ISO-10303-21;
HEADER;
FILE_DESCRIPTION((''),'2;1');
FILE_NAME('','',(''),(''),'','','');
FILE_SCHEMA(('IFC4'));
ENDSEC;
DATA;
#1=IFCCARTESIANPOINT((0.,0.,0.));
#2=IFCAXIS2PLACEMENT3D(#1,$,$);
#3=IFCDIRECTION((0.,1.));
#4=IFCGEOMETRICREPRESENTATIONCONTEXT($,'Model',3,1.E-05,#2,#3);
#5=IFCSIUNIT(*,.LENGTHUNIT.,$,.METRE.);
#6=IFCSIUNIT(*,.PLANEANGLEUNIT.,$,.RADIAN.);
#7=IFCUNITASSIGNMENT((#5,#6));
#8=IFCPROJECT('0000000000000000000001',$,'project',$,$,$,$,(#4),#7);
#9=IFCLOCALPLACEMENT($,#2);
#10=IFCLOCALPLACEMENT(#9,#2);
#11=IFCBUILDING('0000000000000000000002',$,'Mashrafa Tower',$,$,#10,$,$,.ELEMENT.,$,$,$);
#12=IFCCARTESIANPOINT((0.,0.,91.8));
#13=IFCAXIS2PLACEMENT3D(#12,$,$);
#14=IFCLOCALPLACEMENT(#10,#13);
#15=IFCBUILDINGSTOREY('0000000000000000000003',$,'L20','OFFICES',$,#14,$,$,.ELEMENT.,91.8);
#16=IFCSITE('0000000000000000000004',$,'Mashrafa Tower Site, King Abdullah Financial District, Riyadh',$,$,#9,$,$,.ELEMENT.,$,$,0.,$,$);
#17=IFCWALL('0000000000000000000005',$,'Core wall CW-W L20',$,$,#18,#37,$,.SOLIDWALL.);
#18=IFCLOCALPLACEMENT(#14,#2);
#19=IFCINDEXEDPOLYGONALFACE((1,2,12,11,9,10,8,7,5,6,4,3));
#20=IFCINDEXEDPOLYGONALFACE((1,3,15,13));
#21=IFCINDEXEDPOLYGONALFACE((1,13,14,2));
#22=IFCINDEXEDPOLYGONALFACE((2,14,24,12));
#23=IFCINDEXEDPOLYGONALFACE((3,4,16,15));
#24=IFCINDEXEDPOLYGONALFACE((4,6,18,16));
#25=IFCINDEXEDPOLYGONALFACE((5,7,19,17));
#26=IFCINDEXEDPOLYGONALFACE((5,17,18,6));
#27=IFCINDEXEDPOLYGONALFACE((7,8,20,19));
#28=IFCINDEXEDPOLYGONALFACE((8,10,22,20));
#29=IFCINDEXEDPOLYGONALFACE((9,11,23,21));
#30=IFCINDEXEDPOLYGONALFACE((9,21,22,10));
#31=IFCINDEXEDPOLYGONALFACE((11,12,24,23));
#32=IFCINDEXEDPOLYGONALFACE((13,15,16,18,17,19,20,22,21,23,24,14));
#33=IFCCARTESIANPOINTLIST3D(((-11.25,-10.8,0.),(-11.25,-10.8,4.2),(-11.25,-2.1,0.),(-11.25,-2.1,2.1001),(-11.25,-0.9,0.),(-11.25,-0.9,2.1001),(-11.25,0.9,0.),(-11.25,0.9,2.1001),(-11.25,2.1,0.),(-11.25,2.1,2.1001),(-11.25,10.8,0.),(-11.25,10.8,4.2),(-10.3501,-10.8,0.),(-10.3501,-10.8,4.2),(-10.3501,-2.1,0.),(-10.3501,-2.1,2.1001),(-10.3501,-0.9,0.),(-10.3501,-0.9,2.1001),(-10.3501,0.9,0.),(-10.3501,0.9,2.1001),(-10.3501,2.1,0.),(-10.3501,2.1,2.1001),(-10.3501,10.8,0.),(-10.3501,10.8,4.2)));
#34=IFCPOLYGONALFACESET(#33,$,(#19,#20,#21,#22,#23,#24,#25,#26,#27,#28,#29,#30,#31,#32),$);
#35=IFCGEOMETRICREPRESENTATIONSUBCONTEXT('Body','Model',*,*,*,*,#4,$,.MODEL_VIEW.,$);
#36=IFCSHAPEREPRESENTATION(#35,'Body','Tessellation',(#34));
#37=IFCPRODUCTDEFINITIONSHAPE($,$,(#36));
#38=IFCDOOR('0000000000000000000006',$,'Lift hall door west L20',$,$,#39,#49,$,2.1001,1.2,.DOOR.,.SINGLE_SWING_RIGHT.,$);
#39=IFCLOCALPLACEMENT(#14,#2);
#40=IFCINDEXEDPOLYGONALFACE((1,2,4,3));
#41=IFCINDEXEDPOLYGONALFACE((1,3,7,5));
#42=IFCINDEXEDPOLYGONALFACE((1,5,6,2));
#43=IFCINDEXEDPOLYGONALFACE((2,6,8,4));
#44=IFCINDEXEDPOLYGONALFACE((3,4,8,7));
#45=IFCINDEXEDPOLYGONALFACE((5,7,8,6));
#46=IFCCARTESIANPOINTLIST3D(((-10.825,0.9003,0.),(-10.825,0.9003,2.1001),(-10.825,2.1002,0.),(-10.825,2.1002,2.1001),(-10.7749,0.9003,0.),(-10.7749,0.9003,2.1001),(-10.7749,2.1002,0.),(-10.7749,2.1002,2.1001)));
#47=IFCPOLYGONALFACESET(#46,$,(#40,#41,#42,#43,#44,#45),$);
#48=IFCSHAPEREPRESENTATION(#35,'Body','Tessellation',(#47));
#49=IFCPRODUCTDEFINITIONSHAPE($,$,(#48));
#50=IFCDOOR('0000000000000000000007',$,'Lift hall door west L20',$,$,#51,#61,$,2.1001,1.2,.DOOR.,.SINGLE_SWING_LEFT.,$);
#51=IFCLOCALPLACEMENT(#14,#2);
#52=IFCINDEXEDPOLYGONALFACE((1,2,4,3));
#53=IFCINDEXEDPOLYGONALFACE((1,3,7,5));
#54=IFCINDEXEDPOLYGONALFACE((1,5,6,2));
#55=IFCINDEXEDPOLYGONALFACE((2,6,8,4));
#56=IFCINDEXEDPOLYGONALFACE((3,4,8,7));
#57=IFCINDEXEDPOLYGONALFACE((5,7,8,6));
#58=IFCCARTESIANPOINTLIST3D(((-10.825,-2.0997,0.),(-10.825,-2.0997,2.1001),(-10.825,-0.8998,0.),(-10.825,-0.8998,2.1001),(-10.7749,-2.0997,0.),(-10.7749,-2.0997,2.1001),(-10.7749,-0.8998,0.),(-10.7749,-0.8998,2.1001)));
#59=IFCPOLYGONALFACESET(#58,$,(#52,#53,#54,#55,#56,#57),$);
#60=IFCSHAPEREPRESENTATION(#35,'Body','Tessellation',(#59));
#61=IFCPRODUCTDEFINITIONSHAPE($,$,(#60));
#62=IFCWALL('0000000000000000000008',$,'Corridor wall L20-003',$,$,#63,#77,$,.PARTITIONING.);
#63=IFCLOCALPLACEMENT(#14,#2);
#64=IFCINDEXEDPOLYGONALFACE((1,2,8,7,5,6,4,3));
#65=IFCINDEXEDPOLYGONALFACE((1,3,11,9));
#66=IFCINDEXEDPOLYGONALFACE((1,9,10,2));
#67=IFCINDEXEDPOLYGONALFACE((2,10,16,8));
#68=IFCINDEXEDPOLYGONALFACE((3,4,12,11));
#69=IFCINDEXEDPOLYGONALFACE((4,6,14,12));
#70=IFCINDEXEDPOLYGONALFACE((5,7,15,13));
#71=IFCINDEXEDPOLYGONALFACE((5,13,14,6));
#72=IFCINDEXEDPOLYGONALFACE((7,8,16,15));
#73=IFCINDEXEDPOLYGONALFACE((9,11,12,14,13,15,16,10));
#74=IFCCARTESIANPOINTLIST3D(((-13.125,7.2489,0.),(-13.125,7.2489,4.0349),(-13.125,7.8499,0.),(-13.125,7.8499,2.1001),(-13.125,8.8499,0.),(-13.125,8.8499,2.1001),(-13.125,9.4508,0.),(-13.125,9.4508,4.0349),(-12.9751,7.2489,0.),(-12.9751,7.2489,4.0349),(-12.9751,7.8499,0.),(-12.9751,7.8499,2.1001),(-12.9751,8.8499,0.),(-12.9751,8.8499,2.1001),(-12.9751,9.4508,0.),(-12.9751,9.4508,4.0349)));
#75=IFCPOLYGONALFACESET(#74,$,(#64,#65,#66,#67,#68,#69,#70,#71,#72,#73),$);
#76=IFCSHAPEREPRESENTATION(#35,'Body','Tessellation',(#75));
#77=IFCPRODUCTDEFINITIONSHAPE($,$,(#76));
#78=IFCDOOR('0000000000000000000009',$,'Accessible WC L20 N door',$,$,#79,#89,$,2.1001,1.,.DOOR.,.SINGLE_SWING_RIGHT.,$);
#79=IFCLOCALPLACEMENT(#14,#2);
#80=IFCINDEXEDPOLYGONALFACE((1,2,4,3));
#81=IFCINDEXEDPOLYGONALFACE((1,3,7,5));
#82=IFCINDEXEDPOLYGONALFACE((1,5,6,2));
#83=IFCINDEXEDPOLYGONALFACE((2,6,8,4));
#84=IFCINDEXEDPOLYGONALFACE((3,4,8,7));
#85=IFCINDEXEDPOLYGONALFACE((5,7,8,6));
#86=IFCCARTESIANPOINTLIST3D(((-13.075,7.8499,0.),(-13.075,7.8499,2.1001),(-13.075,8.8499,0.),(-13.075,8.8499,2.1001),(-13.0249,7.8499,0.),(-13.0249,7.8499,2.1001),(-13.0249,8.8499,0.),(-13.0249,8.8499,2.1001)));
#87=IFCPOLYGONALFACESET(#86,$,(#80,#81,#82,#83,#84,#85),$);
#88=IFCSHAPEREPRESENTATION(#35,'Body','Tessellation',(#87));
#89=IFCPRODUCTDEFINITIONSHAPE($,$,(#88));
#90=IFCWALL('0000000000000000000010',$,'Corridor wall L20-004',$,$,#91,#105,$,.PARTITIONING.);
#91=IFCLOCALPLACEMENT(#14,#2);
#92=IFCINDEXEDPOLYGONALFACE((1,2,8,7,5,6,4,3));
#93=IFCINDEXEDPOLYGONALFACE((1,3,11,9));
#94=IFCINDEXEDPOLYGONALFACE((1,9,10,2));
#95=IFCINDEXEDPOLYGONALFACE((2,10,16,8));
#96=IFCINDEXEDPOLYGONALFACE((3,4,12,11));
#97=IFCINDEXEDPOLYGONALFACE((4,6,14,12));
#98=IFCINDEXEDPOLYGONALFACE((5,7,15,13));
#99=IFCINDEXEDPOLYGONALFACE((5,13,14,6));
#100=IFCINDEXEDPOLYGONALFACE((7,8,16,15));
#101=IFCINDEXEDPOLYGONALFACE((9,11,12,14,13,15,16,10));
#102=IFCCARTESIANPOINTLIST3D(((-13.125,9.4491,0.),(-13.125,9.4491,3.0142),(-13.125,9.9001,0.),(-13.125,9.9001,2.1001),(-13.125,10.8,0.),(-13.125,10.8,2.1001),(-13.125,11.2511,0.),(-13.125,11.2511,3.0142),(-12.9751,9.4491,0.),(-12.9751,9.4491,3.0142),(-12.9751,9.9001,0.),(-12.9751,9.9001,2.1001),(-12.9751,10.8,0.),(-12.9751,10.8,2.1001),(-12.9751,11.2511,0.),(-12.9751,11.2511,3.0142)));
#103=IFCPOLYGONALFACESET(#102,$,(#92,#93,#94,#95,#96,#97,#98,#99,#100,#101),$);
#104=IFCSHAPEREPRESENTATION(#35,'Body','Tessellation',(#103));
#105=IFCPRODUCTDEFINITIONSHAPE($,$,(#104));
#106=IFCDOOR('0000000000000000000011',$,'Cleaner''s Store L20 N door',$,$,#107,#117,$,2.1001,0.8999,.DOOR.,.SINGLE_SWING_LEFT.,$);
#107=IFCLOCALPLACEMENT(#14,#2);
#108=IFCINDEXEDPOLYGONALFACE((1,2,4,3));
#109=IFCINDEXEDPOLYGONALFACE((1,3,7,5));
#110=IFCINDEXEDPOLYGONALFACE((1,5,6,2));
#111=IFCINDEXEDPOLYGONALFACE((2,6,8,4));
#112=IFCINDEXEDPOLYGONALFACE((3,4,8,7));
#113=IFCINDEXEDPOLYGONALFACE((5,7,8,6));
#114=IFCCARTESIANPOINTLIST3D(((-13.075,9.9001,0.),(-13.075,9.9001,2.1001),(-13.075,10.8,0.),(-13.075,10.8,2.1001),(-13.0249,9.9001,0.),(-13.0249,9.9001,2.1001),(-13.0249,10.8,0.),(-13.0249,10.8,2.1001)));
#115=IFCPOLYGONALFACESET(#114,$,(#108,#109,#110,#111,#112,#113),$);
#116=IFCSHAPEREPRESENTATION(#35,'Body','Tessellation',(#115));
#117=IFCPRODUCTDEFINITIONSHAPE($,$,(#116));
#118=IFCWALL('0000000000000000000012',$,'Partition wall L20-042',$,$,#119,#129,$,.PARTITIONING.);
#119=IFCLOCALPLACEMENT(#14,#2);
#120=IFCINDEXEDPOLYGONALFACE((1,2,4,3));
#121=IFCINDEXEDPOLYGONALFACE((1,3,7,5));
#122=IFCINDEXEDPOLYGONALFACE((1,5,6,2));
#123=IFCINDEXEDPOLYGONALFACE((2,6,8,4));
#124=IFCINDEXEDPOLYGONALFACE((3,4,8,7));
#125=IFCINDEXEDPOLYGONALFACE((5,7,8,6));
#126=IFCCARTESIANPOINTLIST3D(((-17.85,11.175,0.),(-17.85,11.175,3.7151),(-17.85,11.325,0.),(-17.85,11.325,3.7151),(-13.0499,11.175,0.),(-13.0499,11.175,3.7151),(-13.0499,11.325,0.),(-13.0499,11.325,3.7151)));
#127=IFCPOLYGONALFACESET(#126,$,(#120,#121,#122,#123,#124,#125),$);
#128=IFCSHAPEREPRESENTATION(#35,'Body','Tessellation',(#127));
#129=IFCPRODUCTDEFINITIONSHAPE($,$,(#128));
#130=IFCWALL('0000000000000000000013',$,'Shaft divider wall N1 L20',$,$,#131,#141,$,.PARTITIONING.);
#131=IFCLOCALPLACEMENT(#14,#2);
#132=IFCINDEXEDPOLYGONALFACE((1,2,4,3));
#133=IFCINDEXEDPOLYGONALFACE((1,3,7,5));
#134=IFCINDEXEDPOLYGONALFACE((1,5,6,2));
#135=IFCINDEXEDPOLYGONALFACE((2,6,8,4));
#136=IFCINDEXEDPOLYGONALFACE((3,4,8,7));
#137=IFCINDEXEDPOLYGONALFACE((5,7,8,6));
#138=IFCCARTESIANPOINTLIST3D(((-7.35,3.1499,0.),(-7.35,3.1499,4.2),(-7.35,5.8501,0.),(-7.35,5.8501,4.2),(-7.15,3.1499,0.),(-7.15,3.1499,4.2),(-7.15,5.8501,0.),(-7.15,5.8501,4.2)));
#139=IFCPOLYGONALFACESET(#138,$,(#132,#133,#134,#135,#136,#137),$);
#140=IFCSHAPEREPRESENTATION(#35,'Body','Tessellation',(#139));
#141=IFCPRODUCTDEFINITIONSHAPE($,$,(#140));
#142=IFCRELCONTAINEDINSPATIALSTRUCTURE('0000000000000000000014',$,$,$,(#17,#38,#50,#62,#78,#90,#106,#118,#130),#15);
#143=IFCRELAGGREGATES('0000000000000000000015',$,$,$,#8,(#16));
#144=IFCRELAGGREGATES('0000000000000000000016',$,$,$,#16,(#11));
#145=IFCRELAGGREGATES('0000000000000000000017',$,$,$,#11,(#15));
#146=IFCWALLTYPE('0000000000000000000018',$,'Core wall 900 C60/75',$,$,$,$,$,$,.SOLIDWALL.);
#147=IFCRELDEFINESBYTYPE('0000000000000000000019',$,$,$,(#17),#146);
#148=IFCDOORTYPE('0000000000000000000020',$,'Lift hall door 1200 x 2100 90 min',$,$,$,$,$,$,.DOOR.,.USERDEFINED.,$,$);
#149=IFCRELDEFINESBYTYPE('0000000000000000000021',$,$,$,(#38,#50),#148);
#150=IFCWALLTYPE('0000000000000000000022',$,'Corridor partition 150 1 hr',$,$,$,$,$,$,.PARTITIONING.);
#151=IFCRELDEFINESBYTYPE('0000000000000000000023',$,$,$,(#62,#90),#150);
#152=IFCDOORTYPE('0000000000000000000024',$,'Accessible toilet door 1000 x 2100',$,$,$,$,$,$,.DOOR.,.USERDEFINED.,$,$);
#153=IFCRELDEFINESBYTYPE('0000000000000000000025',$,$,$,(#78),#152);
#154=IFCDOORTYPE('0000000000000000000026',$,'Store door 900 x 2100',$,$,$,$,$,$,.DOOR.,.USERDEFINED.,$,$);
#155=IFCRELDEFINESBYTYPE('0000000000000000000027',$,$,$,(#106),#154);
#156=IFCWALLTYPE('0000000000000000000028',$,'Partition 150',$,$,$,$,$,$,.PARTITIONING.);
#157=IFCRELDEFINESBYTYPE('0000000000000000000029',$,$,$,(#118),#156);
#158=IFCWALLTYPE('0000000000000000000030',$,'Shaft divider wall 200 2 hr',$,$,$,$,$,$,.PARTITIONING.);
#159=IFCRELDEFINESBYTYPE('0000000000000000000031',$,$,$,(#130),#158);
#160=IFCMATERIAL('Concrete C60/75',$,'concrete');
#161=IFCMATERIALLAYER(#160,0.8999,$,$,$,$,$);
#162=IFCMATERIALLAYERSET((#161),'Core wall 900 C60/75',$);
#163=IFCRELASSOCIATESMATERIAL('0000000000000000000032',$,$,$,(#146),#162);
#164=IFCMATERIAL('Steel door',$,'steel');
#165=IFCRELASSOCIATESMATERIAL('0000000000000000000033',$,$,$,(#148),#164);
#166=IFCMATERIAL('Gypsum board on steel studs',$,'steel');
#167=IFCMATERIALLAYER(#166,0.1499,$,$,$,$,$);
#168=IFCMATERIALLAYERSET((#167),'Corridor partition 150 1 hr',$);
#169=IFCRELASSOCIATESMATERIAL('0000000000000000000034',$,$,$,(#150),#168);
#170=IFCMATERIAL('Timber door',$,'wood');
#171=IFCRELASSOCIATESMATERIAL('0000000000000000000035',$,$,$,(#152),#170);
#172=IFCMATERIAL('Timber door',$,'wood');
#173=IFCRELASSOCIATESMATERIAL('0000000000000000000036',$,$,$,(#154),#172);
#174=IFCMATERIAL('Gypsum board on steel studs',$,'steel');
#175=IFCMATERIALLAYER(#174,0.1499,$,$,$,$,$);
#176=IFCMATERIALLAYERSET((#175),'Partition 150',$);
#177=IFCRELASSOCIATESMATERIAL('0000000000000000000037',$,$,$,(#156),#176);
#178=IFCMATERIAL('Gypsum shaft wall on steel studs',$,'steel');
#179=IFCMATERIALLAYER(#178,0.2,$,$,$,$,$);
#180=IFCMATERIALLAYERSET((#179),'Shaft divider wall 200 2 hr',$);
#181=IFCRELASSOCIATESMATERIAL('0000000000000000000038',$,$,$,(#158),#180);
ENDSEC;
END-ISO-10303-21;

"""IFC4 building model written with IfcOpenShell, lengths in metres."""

from ifc_helpers import new_model, si_unit, direction, frame, frame_2d, origin, place, context, subcontext, project, spatial, rectangle, extrude, material, layer, layer_set, type_object, element, fill, save


model = new_model("IFC4")

# Units and contexts
model_context = context("Model", 3, precision=1e-05, world=origin(), true_north=direction((0.0, 1.0)))
body_context = subcontext(model_context, "Body", "Model", "MODEL_VIEW")
ifc_project = project(units=[si_unit("LENGTHUNIT", "METRE"), si_unit("PLANEANGLEUNIT", "RADIAN")], contexts=[model_context])

# Site, building, storey
site_placement = place(None, origin())
site = spatial("IfcSite", under=ifc_project, at=site_placement, Name="Mashrafa Tower Site, King Abdullah Financial District, Riyadh", CompositionType="ELEMENT", RefElevation=0.0)
building_placement = place(site_placement, origin())
building = spatial("IfcBuilding", under=site, at=building_placement, Name="Mashrafa Tower", CompositionType="ELEMENT")
storey_placement = place(building_placement, frame((0.0, 0.0, 91.8)))
storey = spatial("IfcBuildingStorey", under=building, at=storey_placement, Name="L20", Description="OFFICES", CompositionType="ELEMENT", Elevation=91.8)

# Wall, openings, doors
ifc_material_1 = material(Name="Concrete C60/75", Category="concrete")
ifc_layer_1 = layer(ifc_material_1, 0.8999)
ifc_layer_set_1 = layer_set([ifc_layer_1], Name="Core wall 900 C60/75")
wall_type_1 = type_object("IfcWallType", Name="Core wall 900 C60/75", PredefinedType="SOLIDWALL", material=ifc_layer_set_1)
wall_1_placement = place(storey_placement, frame((-10.8, 10.8, 0.0), z_axis=(0.0, 0.0, 1.0), x_axis=(0.0, -1.0, 0.0)))
wall_1 = element("IfcWall", 1, at=wall_1_placement, inside=storey, type_object=wall_type_1, Name="Core wall CW-W L20", PredefinedType="SOLIDWALL", context=body_context, shape_type="SweptSolid", body=[
    extrude(rectangle(XDim=21.6001, YDim=0.8999, at=frame_2d((10.8, 0.0))), origin(), (0.0, 0.0, 1.0), 4.2),
])
opening_1_placement = place(wall_1_placement, frame((8.7, 0.0, 0.0)))
opening_1 = element("IfcOpeningElement", 2, at=opening_1_placement, cuts=wall_1, PredefinedType="OPENING", context=body_context, shape_type="SweptSolid", body=[
    extrude(rectangle(XDim=1.2, YDim=2.1001, at=frame_2d((0.6001, 1.05))), frame((0.0, 0.46, 0.0), z_axis=(0.0, -1.0, 0.0), x_axis=(1.0, 0.0, 0.0)), (0.0, 0.0, 1.0), 0.9199),
])
opening_2_placement = place(wall_1_placement, frame((11.7, 0.0, 0.0)))
opening_2 = element("IfcOpeningElement", 3, at=opening_2_placement, cuts=wall_1, PredefinedType="OPENING", context=body_context, shape_type="SweptSolid", body=[
    extrude(rectangle(XDim=1.2, YDim=2.1001, at=frame_2d((0.6001, 1.05))), frame((0.0, 0.46, 0.0), z_axis=(0.0, -1.0, 0.0), x_axis=(1.0, 0.0, 0.0)), (0.0, 0.0, 1.0), 0.9199),
])
ifc_material_2 = material(Name="Steel door", Category="steel")
door_type_1 = type_object("IfcDoorType", Name="Lift hall door 1200 x 2100 90 min", OperationType="USERDEFINED", PredefinedType="DOOR", material=ifc_material_2)
door_1_placement = place(opening_1_placement, frame((1.2, 0.0, 0.0), z_axis=(0.0, 0.0, 1.0), x_axis=(-1.0, 0.0, 0.0)))
door_1 = element("IfcDoor", 4, at=door_1_placement, inside=storey, type_object=door_type_1, Name="Lift hall door west L20", OperationType="SINGLE_SWING_RIGHT", OverallHeight=2.1001, OverallWidth=1.2, PredefinedType="DOOR", context=body_context, shape_type="SweptSolid", body=[
    extrude(rectangle(XDim=1.2, YDim=2.1001, at=frame_2d((0.6001, 1.05))), frame((0.0, 0.0249, 0.0), z_axis=(0.0, -1.0, 0.0), x_axis=(1.0, 0.0, 0.0)), (0.0, 0.0, 1.0), 0.05),
])
fill(opening_1, door_1)
door_2_placement = place(opening_2_placement, frame((1.2, 0.0, 0.0), z_axis=(0.0, 0.0, 1.0), x_axis=(-1.0, 0.0, 0.0)))
door_2 = element("IfcDoor", 5, at=door_2_placement, inside=storey, type_object=door_type_1, Name="Lift hall door west L20", OperationType="SINGLE_SWING_LEFT", OverallHeight=2.1001, OverallWidth=1.2, PredefinedType="DOOR", context=body_context, shape_type="SweptSolid", body=[
    extrude(rectangle(XDim=1.2, YDim=2.1001, at=frame_2d((0.6001, 1.05))), frame((0.0, 0.0249, 0.0), z_axis=(0.0, -1.0, 0.0), x_axis=(1.0, 0.0, 0.0)), (0.0, 0.0, 1.0), 0.05),
])
fill(opening_2, door_2)

# Walls, openings, doors
ifc_material_3 = material(Name="Gypsum board on steel studs", Category="steel")
ifc_layer_2 = layer(ifc_material_3, 0.1499)
ifc_layer_set_2 = layer_set([ifc_layer_2], Name="Corridor partition 150 1 hr")
wall_type_2 = type_object("IfcWallType", Name="Corridor partition 150 1 hr", PredefinedType="PARTITIONING", material=ifc_layer_set_2)
wall_2_placement = place(storey_placement, frame((-13.05, 9.4509, 0.0), z_axis=(0.0, 0.0, 1.0), x_axis=(0.0, -1.0, 0.0)))
wall_2 = element("IfcWall", 6, at=wall_2_placement, inside=storey, type_object=wall_type_2, Name="Corridor wall L20-003", PredefinedType="PARTITIONING", context=body_context, shape_type="SweptSolid", body=[
    extrude(rectangle(XDim=2.2019, YDim=0.1499, at=frame_2d((1.1011, 0.0))), origin(), (0.0, 0.0, 1.0), 4.0349),
])
opening_3_placement = place(wall_2_placement, frame((0.6011, 0.0, 0.0)))
opening_3 = element("IfcOpeningElement", 7, at=opening_3_placement, cuts=wall_2, PredefinedType="OPENING", context=body_context, shape_type="SweptSolid", body=[
    extrude(rectangle(XDim=1.0, YDim=2.1001, at=frame_2d((0.5, 1.05))), frame((0.0, 0.085, 0.0), z_axis=(0.0, -1.0, 0.0), x_axis=(1.0, 0.0, 0.0)), (0.0, 0.0, 1.0), 0.1699),
])
ifc_material_4 = material(Name="Timber door", Category="wood")
door_type_2 = type_object("IfcDoorType", Name="Accessible toilet door 1000 x 2100", OperationType="USERDEFINED", PredefinedType="DOOR", material=ifc_material_4)
door_3_placement = place(opening_3_placement, frame((1.0, 0.0, 0.0), z_axis=(0.0, 0.0, 1.0), x_axis=(-1.0, 0.0, 0.0)))
door_3 = element("IfcDoor", 8, at=door_3_placement, inside=storey, type_object=door_type_2, Name="Accessible WC L20 N door", OperationType="SINGLE_SWING_RIGHT", OverallHeight=2.1001, OverallWidth=1.0, PredefinedType="DOOR", context=body_context, shape_type="SweptSolid", body=[
    extrude(rectangle(XDim=1.0, YDim=2.1001, at=frame_2d((0.5, 1.05))), frame((0.0, 0.0249, 0.0), z_axis=(0.0, -1.0, 0.0), x_axis=(1.0, 0.0, 0.0)), (0.0, 0.0, 1.0), 0.05),
])
fill(opening_3, door_3)
wall_3_placement = place(storey_placement, frame((-13.05, 11.251, 0.0), z_axis=(0.0, 0.0, 1.0), x_axis=(0.0, -1.0, 0.0)))
wall_3 = element("IfcWall", 9, at=wall_3_placement, inside=storey, type_object=wall_type_2, Name="Corridor wall L20-004", PredefinedType="PARTITIONING", context=body_context, shape_type="SweptSolid", body=[
    extrude(rectangle(XDim=1.802, YDim=0.1499, at=frame_2d((0.9009, 0.0))), origin(), (0.0, 0.0, 1.0), 3.0142),
])
opening_4_placement = place(wall_3_placement, frame((0.4509, 0.0, 0.0)))
opening_4 = element("IfcOpeningElement", 10, at=opening_4_placement, cuts=wall_3, PredefinedType="OPENING", context=body_context, shape_type="SweptSolid", body=[
    extrude(rectangle(XDim=0.8999, YDim=2.1001, at=frame_2d((0.45, 1.05))), frame((0.0, 0.085, 0.0), z_axis=(0.0, -1.0, 0.0), x_axis=(1.0, 0.0, 0.0)), (0.0, 0.0, 1.0), 0.1699),
])
ifc_material_5 = material(Name="Timber door", Category="wood")
door_type_3 = type_object("IfcDoorType", Name="Store door 900 x 2100", OperationType="USERDEFINED", PredefinedType="DOOR", material=ifc_material_5)
door_4_placement = place(opening_4_placement, frame((0.8999, 0.0, 0.0), z_axis=(0.0, 0.0, 1.0), x_axis=(-1.0, 0.0, 0.0)))
door_4 = element("IfcDoor", 11, at=door_4_placement, inside=storey, type_object=door_type_3, Name="Cleaner's Store L20 N door", OperationType="SINGLE_SWING_LEFT", OverallHeight=2.1001, OverallWidth=0.8999, PredefinedType="DOOR", context=body_context, shape_type="SweptSolid", body=[
    extrude(rectangle(XDim=0.8999, YDim=2.1001, at=frame_2d((0.45, 1.05))), frame((0.0, 0.0249, 0.0), z_axis=(0.0, -1.0, 0.0), x_axis=(1.0, 0.0, 0.0)), (0.0, 0.0, 1.0), 0.05),
])
fill(opening_4, door_4)

# Walls
ifc_material_6 = material(Name="Gypsum board on steel studs", Category="steel")
ifc_layer_3 = layer(ifc_material_6, 0.1499)
ifc_layer_set_3 = layer_set([ifc_layer_3], Name="Partition 150")
wall_type_3 = type_object("IfcWallType", Name="Partition 150", PredefinedType="PARTITIONING", material=ifc_layer_set_3)
wall_4_placement = place(storey_placement, frame((-13.05, 11.25, 0.0), z_axis=(0.0, 0.0, 1.0), x_axis=(-1.0, 0.0, 0.0)))
element("IfcWall", 12, at=wall_4_placement, inside=storey, type_object=wall_type_3, Name="Partition wall L20-042", PredefinedType="PARTITIONING", context=body_context, shape_type="SweptSolid", body=[
    extrude(rectangle(XDim=4.8, YDim=0.1499, at=frame_2d((2.3999, 0.0))), origin(), (0.0, 0.0, 1.0), 3.7151),
])
ifc_material_7 = material(Name="Gypsum shaft wall on steel studs", Category="steel")
ifc_layer_4 = layer(ifc_material_7, 0.2)
ifc_layer_set_4 = layer_set([ifc_layer_4], Name="Shaft divider wall 200 2 hr")
wall_type_4 = type_object("IfcWallType", Name="Shaft divider wall 200 2 hr", PredefinedType="PARTITIONING", material=ifc_layer_set_4)
wall_5_placement = place(storey_placement, frame((-7.25, 3.1499, 0.0), z_axis=(0.0, 0.0, 1.0), x_axis=(0.0, 1.0, 0.0)))
element("IfcWall", 13, at=wall_5_placement, inside=storey, type_object=wall_type_4, Name="Shaft divider wall N1 L20", PredefinedType="PARTITIONING", context=body_context, shape_type="SweptSolid", body=[
    extrude(rectangle(XDim=2.7002, YDim=0.2, at=frame_2d((1.3501, 0.0))), origin(), (0.0, 0.0, 1.0), 4.2),
])

save(model, "model.ifc")
